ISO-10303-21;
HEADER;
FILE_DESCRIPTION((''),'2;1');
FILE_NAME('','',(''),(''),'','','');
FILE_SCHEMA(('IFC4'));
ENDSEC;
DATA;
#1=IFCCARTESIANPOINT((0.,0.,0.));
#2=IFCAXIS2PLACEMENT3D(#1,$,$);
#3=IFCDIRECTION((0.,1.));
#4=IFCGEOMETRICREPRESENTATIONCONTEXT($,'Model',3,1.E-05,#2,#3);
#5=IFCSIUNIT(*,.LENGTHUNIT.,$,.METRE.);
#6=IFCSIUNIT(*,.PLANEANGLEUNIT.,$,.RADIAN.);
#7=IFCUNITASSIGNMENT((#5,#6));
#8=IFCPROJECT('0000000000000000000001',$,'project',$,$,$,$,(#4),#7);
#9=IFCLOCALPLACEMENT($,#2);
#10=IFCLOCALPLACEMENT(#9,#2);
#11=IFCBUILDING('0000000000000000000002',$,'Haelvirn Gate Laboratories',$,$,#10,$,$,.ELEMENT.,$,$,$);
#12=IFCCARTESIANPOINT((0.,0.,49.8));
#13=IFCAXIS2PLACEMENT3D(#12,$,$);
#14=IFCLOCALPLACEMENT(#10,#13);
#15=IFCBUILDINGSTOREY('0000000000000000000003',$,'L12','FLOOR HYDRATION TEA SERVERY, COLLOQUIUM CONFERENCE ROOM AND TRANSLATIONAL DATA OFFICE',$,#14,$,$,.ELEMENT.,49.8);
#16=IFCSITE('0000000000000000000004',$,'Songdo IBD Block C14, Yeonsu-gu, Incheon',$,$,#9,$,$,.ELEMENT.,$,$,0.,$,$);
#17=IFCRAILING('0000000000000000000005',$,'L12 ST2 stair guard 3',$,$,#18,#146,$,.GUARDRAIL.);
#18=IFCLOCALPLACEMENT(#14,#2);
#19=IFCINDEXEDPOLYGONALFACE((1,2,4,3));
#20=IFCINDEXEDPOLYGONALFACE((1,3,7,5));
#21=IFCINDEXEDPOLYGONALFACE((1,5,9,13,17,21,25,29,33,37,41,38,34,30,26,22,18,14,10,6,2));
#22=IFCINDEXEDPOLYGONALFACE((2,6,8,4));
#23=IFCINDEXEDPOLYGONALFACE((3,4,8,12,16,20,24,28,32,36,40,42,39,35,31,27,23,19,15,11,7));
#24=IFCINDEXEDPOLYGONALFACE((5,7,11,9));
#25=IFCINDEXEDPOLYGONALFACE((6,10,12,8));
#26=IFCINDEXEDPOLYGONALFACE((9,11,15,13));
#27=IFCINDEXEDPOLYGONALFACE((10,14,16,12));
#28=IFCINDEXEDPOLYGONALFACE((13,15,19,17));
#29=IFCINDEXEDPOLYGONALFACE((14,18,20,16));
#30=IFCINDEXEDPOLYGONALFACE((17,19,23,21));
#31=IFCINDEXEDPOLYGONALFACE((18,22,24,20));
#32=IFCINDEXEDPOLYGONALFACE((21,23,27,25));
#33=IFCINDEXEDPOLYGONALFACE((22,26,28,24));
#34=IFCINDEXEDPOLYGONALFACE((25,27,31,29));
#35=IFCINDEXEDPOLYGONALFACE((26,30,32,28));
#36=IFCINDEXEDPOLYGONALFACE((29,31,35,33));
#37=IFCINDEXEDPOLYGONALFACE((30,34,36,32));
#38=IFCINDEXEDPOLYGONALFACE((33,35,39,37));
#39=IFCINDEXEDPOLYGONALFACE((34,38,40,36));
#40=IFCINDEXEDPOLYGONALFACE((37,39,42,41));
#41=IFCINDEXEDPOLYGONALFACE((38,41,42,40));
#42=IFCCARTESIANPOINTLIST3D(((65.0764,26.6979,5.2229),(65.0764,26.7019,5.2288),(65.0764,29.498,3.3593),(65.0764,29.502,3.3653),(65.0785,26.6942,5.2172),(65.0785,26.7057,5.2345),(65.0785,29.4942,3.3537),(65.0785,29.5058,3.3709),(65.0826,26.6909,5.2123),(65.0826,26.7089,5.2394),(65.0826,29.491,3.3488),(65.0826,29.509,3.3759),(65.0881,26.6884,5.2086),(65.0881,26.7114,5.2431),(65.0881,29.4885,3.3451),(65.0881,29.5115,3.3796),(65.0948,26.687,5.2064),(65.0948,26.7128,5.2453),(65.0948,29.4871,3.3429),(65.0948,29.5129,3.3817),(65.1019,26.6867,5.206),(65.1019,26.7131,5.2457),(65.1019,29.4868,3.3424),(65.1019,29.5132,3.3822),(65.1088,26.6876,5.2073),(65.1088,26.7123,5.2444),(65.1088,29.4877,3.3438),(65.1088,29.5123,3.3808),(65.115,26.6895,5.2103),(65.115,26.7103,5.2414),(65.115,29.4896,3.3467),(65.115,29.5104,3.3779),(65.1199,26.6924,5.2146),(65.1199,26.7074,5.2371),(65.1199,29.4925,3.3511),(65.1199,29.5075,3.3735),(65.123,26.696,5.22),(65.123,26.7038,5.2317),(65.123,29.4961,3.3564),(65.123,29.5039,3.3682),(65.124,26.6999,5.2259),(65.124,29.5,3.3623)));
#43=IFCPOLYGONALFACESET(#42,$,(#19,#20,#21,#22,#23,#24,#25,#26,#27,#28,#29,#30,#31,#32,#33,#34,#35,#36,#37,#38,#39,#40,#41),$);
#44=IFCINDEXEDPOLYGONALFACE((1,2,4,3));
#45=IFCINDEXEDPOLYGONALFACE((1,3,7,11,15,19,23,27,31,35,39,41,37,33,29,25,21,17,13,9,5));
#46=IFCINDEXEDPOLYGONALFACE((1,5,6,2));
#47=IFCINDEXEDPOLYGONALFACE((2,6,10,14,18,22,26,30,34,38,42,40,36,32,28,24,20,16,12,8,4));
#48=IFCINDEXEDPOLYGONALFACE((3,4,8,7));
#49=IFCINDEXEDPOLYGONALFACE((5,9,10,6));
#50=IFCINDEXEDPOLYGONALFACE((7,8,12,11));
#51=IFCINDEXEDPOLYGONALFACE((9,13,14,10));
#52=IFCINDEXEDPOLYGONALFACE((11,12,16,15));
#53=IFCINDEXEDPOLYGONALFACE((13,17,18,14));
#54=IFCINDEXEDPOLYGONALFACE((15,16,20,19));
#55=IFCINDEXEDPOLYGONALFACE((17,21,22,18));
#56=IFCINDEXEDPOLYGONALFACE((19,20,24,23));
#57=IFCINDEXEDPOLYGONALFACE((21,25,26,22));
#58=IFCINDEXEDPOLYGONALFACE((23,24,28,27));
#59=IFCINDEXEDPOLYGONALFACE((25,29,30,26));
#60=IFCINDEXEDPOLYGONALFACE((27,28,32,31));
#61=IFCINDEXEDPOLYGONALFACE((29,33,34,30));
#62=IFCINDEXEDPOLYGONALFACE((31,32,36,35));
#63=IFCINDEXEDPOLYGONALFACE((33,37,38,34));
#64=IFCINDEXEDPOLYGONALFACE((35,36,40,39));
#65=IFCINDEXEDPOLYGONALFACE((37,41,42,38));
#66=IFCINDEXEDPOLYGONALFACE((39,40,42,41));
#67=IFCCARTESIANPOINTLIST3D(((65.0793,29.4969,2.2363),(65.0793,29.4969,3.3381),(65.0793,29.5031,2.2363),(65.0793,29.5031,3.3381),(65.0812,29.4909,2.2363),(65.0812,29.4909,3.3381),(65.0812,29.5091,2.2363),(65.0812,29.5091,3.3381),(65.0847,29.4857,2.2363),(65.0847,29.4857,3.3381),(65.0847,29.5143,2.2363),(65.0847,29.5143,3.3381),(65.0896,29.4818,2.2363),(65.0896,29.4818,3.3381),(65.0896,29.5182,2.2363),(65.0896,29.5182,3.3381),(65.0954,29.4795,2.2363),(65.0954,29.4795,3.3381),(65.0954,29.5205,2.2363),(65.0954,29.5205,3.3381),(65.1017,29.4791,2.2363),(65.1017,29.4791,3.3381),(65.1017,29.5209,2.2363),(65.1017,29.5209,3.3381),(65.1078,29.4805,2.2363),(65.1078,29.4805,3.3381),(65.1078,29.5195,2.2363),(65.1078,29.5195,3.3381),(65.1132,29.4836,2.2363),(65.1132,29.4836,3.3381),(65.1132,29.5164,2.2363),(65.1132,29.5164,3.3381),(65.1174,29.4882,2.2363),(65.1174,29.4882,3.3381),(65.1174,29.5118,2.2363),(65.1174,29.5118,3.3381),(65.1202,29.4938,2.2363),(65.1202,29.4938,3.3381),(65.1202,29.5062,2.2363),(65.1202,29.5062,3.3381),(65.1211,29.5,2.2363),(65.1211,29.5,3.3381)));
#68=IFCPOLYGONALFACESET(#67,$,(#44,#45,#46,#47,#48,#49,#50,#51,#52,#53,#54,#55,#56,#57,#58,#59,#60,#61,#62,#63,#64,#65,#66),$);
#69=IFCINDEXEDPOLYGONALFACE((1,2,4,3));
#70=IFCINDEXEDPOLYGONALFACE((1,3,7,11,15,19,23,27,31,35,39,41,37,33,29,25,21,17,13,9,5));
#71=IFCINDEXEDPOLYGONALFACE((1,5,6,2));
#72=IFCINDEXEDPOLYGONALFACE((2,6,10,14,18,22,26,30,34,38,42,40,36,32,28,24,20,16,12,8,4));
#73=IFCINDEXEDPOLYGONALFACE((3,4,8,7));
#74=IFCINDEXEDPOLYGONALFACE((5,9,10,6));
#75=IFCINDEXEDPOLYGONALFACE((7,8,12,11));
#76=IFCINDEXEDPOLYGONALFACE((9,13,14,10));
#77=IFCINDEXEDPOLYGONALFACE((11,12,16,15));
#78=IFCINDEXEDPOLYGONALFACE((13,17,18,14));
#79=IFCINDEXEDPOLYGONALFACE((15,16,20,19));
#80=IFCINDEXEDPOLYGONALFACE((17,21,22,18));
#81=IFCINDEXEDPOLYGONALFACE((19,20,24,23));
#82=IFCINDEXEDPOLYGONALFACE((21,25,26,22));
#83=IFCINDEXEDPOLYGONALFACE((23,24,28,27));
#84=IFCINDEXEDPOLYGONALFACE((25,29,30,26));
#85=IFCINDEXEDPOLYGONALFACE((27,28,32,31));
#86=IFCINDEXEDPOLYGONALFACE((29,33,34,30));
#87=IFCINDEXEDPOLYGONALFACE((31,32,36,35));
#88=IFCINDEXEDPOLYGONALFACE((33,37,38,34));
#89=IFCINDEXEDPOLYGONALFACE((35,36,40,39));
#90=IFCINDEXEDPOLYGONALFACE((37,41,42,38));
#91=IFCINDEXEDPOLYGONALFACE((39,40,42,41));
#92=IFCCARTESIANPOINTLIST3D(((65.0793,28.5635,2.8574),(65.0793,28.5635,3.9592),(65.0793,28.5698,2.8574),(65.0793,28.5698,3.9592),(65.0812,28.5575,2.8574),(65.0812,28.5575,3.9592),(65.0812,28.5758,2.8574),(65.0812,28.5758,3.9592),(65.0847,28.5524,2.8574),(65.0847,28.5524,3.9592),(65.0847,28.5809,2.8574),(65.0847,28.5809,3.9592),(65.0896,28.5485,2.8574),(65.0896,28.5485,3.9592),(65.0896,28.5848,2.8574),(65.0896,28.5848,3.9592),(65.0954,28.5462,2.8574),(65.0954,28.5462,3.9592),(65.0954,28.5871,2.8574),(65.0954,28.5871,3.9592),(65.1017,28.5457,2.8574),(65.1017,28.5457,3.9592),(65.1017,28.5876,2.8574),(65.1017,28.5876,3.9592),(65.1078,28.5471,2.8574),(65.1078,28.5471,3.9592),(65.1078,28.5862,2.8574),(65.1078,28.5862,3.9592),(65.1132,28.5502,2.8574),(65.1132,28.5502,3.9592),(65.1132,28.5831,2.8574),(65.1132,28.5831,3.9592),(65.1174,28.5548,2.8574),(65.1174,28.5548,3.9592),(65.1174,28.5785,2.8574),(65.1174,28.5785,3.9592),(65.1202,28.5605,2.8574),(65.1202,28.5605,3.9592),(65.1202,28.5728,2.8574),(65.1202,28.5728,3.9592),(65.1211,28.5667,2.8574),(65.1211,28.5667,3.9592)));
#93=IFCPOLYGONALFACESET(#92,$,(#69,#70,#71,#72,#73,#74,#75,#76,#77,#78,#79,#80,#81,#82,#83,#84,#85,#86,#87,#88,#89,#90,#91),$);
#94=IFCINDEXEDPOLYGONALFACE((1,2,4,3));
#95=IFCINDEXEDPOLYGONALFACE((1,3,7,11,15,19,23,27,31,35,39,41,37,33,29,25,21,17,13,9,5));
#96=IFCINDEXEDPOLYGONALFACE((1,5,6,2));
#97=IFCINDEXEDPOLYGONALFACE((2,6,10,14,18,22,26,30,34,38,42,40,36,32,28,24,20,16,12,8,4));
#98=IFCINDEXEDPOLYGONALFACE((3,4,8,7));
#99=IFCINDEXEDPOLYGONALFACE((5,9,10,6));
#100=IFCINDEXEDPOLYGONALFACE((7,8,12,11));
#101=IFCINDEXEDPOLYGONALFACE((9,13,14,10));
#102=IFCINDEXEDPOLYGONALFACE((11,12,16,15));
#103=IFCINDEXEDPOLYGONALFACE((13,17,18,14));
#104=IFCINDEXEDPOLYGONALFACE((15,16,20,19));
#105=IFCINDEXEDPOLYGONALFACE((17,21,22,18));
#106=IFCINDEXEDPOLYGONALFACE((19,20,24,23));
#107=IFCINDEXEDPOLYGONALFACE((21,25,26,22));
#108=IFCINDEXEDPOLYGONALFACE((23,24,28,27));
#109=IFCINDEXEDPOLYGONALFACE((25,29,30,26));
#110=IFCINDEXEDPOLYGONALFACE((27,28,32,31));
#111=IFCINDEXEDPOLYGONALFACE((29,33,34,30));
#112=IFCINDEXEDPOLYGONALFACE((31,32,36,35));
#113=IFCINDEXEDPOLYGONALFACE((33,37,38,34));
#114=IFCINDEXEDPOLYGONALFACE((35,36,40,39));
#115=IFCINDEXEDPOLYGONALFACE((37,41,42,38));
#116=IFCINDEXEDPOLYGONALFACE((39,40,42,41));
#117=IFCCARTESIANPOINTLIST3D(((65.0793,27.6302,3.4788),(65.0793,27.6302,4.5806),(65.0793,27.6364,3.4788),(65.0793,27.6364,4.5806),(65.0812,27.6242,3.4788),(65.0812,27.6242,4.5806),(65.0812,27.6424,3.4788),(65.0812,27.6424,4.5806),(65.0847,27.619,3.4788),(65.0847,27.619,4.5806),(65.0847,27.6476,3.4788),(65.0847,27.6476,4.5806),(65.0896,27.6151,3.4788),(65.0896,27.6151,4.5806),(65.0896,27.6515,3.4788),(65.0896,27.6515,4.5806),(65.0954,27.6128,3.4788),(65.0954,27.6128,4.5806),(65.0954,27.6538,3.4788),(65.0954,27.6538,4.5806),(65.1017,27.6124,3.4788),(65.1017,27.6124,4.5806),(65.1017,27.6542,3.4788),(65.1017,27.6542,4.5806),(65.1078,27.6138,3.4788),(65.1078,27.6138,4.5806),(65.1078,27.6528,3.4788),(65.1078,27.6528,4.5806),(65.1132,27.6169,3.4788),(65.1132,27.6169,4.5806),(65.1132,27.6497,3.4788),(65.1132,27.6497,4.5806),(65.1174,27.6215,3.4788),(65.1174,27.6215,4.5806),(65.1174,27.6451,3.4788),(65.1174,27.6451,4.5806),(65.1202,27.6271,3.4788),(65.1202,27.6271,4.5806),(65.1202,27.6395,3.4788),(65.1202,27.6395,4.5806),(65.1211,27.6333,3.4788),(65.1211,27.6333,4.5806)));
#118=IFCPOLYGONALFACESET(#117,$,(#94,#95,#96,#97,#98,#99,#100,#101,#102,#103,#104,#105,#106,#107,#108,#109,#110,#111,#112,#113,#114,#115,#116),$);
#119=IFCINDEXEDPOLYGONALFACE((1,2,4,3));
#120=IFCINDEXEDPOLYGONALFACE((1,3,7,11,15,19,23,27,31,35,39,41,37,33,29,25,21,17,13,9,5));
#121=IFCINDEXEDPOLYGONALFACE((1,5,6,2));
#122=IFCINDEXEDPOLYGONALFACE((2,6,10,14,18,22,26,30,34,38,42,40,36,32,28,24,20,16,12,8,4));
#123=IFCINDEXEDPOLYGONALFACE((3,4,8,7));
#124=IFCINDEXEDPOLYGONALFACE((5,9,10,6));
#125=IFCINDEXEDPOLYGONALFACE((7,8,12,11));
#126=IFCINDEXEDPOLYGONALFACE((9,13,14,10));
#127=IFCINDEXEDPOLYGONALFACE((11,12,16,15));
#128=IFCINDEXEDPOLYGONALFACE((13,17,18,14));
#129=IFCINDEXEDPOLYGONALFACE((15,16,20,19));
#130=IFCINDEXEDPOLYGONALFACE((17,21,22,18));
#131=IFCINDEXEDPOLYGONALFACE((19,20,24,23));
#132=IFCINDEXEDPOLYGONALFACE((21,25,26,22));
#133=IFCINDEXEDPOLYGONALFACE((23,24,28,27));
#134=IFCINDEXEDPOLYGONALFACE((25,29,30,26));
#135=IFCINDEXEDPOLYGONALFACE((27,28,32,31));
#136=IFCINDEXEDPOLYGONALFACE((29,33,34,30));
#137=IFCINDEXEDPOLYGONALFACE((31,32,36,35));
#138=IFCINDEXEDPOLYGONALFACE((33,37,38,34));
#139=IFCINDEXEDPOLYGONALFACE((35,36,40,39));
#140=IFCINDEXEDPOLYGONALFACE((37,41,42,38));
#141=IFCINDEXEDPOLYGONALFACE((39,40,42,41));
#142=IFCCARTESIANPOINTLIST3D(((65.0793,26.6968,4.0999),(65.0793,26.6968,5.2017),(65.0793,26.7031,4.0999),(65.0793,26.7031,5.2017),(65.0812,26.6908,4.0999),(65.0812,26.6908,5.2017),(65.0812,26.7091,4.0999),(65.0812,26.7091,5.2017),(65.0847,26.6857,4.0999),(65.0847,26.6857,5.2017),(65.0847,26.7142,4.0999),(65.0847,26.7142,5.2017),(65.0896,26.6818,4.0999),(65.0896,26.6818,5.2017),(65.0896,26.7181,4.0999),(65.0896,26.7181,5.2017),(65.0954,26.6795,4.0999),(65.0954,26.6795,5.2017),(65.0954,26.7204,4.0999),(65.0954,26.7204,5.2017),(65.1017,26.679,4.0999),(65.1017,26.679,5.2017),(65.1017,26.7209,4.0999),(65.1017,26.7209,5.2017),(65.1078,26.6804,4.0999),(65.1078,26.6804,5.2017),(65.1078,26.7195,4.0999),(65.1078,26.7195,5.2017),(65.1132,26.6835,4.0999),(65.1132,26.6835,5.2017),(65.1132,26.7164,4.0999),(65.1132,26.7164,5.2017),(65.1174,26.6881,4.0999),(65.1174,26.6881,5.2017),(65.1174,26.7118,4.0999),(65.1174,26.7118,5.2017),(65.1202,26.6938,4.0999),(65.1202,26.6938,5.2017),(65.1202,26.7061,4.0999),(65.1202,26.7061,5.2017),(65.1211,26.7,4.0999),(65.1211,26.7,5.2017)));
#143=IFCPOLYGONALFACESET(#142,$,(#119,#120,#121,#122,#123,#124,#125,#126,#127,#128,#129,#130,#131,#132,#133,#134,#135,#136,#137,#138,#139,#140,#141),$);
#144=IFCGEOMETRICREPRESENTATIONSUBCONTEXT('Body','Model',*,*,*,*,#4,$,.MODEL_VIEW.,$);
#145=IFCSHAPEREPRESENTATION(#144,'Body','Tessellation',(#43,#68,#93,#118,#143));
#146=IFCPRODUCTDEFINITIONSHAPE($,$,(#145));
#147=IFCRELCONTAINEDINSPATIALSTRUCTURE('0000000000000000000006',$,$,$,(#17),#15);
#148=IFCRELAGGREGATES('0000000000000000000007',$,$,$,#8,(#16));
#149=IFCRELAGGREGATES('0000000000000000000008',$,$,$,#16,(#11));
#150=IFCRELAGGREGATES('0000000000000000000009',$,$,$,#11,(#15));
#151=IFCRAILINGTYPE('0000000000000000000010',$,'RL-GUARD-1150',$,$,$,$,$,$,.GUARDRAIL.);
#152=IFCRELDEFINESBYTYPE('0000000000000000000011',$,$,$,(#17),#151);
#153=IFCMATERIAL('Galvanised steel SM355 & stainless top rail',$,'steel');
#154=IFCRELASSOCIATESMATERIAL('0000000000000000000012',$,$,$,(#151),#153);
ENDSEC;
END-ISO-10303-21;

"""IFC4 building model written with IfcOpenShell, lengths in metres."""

from ifc_helpers import new_model, si_unit, direction, frame, origin, origin_2d, place, context, subcontext, project, spatial, circle, extrude, source, transform, mapped, material, type_object, element, save


model = new_model("IFC4")

# Units and contexts
model_context = context("Model", 3, precision=1e-05, world=origin(), true_north=direction((0.0, 1.0)))
body_context = subcontext(model_context, "Body", "Model", "MODEL_VIEW")
ifc_project = project(units=[si_unit("LENGTHUNIT", "METRE"), si_unit("PLANEANGLEUNIT", "RADIAN")], contexts=[model_context])

# Site, building, storey
site_placement = place(None, origin())
site = spatial("IfcSite", under=ifc_project, at=site_placement, Name="Songdo IBD Block C14, Yeonsu-gu, Incheon", CompositionType="ELEMENT", RefElevation=0.0)
building_placement = place(site_placement, origin())
building = spatial("IfcBuilding", under=site, at=building_placement, Name="Haelvirn Gate Laboratories", CompositionType="ELEMENT")
storey_placement = place(building_placement, frame((0.0, 0.0, 49.8)))
storey = spatial("IfcBuildingStorey", under=building, at=storey_placement, Name="L12", Description="FLOOR HYDRATION TEA SERVERY, COLLOQUIUM CONFERENCE ROOM AND TRANSLATIONAL DATA OFFICE", CompositionType="ELEMENT", Elevation=49.8)

# Railing
ifc_material_1 = material(Name="Galvanised steel SM355 & stainless top rail", Category="steel")
railing_type_1 = type_object("IfcRailingType", Name="RL-GUARD-1150", PredefinedType="GUARDRAIL", material=ifc_material_1)
shared_shape_1 = source(origin(), body_context, "Body", "SweptSolid", [
    extrude(circle(Radius=0.0239, at=origin_2d()), frame((0.0, 0.0, 1.126), z_axis=(0.0, -0.832486, 0.554047), x_axis=(1.0, 0.0, 0.0)), (0.0, 0.0, 1.0), 3.3635),
    extrude(circle(Radius=0.021, at=origin_2d()), origin(), (0.0, 0.0, 1.0), 1.1018),
    extrude(circle(Radius=0.021, at=origin_2d()), frame((0.0, -0.9333, 0.6211)), (0.0, 0.0, 1.0), 1.1018),
    extrude(circle(Radius=0.021, at=origin_2d()), frame((0.0, -1.8667, 1.2424)), (0.0, 0.0, 1.0), 1.1018),
    extrude(circle(Radius=0.021, at=origin_2d()), frame((0.0, -2.8, 1.8635)), (0.0, 0.0, 1.0), 1.1018),
])
railing_1_placement = place(storey_placement, frame((65.1001, 29.5, 2.2363)))
element("IfcRailing", 1, at=railing_1_placement, inside=storey, type_object=railing_type_1, Name="L12 ST2 stair guard 3", PredefinedType="GUARDRAIL", context=body_context, shape_type="MappedRepresentation", body=[
    mapped(shared_shape_1, transform((0.0, 0.0, 0.0), scale=1.0)),
])

save(model, "model.ifc")
